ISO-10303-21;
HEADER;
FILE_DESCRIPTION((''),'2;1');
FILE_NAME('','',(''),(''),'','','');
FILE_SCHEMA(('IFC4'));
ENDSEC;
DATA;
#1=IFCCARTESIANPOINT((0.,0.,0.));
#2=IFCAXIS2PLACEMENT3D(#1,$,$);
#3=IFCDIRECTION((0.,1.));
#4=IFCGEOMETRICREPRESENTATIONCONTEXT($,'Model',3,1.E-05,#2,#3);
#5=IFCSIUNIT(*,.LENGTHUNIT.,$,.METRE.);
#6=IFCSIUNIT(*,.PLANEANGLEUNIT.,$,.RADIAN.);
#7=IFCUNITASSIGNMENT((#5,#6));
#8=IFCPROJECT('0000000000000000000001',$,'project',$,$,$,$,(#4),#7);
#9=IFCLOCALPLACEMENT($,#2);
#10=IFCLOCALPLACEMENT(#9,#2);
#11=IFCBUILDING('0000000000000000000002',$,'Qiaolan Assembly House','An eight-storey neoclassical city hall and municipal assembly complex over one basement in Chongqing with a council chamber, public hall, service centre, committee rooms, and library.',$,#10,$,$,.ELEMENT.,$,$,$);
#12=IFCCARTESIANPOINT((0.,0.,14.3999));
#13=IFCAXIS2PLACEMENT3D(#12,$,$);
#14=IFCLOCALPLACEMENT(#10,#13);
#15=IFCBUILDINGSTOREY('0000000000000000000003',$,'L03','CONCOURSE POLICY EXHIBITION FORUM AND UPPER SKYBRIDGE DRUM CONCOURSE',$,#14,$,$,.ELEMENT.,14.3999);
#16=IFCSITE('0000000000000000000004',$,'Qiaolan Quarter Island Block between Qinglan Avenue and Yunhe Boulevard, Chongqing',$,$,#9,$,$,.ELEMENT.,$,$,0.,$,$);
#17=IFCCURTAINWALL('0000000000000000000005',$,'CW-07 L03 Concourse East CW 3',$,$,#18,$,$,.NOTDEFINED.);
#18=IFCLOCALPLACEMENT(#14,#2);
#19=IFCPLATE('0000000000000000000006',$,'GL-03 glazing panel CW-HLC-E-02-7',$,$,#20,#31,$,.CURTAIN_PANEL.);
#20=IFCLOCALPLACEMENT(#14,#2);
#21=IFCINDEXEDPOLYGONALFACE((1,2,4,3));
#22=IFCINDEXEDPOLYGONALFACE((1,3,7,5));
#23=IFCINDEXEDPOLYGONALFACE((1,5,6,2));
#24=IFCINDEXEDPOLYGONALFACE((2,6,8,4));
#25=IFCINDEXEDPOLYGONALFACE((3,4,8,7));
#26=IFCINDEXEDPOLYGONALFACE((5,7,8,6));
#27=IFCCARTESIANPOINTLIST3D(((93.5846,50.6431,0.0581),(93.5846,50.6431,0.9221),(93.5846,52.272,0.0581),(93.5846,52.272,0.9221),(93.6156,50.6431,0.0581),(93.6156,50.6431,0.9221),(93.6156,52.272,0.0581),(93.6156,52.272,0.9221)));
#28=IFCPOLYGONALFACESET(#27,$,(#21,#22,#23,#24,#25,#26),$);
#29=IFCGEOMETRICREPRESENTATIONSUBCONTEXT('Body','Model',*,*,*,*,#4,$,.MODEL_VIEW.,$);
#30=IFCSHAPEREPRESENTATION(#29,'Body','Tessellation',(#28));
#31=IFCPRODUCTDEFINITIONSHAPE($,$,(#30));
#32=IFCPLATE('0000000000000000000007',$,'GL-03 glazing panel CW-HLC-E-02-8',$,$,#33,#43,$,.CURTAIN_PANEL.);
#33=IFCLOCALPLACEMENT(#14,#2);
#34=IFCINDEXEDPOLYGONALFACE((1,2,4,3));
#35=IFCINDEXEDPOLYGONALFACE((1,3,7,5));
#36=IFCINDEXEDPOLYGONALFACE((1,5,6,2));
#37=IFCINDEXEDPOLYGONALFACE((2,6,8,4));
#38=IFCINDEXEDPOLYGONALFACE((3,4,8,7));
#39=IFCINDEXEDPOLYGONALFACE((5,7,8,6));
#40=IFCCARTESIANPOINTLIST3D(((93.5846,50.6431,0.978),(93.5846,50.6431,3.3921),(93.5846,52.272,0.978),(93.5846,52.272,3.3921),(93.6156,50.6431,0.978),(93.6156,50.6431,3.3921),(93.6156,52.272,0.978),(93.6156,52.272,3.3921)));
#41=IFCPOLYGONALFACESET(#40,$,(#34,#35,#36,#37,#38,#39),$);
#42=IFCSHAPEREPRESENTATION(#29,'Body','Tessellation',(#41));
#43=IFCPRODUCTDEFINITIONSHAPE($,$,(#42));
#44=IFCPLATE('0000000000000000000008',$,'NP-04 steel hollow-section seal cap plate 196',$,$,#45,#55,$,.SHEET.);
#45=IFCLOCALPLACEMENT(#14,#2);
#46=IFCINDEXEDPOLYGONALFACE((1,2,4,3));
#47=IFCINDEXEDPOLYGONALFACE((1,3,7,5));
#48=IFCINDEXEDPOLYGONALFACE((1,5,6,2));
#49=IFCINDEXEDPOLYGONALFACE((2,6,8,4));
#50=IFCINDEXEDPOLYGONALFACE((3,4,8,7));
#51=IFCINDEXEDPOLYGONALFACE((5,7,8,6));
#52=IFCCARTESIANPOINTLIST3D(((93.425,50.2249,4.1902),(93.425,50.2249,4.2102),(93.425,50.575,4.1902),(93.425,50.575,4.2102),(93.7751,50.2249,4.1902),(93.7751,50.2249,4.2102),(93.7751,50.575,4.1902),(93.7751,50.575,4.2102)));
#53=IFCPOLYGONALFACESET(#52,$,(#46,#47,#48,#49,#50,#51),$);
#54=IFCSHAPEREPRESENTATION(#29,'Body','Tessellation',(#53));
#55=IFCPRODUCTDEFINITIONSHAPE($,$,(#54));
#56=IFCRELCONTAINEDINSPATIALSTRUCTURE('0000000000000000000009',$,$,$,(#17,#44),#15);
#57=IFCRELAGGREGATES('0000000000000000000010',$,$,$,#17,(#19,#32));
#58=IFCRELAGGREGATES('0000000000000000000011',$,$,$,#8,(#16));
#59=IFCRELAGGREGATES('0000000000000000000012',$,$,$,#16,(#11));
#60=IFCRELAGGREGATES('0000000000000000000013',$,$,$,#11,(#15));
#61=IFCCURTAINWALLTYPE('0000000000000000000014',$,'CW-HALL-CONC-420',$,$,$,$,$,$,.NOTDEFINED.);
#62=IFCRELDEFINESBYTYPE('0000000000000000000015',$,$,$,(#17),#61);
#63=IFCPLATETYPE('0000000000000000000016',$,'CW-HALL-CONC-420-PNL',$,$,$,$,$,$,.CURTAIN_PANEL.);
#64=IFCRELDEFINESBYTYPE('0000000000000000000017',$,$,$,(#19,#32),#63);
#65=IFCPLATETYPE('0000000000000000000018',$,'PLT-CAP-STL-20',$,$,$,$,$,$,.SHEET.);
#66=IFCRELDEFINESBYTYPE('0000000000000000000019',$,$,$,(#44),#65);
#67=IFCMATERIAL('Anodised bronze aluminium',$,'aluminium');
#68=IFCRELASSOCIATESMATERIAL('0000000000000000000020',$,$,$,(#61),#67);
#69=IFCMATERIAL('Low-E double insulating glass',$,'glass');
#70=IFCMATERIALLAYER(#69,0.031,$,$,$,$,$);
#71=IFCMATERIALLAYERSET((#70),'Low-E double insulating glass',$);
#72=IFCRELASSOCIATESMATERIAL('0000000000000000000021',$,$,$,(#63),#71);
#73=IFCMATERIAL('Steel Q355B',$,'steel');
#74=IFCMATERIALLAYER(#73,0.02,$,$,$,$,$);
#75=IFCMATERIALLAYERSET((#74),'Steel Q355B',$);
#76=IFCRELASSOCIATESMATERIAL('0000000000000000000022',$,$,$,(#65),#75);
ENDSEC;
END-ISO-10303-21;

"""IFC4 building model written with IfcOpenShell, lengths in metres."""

from ifc_helpers import new_model, si_unit, direction, frame, frame_2d, origin, origin_2d, place, context, subcontext, project, spatial, rectangle, extrude, material, layer, layer_set, type_object, element, aggregate, save


model = new_model("IFC4")

# Units and contexts
model_context = context("Model", 3, precision=1e-05, world=origin(), true_north=direction((0.0, 1.0)))
body_context = subcontext(model_context, "Body", "Model", "MODEL_VIEW")
ifc_project = project(units=[si_unit("LENGTHUNIT", "METRE"), si_unit("PLANEANGLEUNIT", "RADIAN")], contexts=[model_context])

# Site, building, storey
site_placement = place(None, origin())
site = spatial("IfcSite", under=ifc_project, at=site_placement, Name="Qiaolan Quarter Island Block between Qinglan Avenue and Yunhe Boulevard, Chongqing", CompositionType="ELEMENT", RefElevation=0.0)
building_placement = place(site_placement, origin())
building = spatial("IfcBuilding", under=site, at=building_placement, Name="Qiaolan Assembly House", Description="An eight-storey neoclassical city hall and municipal assembly complex over one basement in Chongqing with a council chamber, public hall, service centre, committee rooms, and library.", CompositionType="ELEMENT")
storey_placement = place(building_placement, frame((0.0, 0.0, 14.3999)))
storey = spatial("IfcBuildingStorey", under=building, at=storey_placement, Name="L03", Description="CONCOURSE POLICY EXHIBITION FORUM AND UPPER SKYBRIDGE DRUM CONCOURSE", CompositionType="ELEMENT", Elevation=14.3999)

# Shared definitions
ifc_material_1 = material(Name="Steel Q355B", Category="steel")

# Curtain wall
ifc_material_2 = material(Name="Anodised bronze aluminium", Category="aluminium")
curtain_wall_type = type_object("IfcCurtainWallType", Name="CW-HALL-CONC-420", PredefinedType="NOTDEFINED", material=ifc_material_2)
curtain_wall_1_placement = place(storey_placement, origin())
curtain_wall_1 = element("IfcCurtainWall", 1, at=curtain_wall_1_placement, inside=storey, type_object=curtain_wall_type, Name="CW-07 L03 Concourse East CW 3", PredefinedType="NOTDEFINED")

# Plates
ifc_material_3 = material(Name="Low-E double insulating glass", Category="glass")
ifc_layer_1 = layer(ifc_material_3, 0.031)
ifc_layer_set_1 = layer_set([ifc_layer_1], Name="Low-E double insulating glass")
plate_type_1 = type_object("IfcPlateType", Name="CW-HALL-CONC-420-PNL", PredefinedType="CURTAIN_PANEL", material=ifc_layer_set_1)
plate_1_placement = place(storey_placement, frame((93.6001, 52.272, 0.0581), z_axis=(0.0, 0.0, 1.0), x_axis=(0.0, -1.0, 0.0)))
plate_1 = element("IfcPlate", 2, at=plate_1_placement, type_object=plate_type_1, Name="GL-03 glazing panel CW-HLC-E-02-7", PredefinedType="CURTAIN_PANEL", context=body_context, shape_type="SweptSolid", body=[
    extrude(rectangle(XDim=1.6289, YDim=0.031, at=frame_2d((0.8145, 0.0))), origin(), (0.0, 0.0, 1.0), 0.864),
])
plate_2_placement = place(storey_placement, frame((93.6001, 52.272, 0.978), z_axis=(0.0, 0.0, 1.0), x_axis=(0.0, -1.0, 0.0)))
plate_2 = element("IfcPlate", 3, at=plate_2_placement, type_object=plate_type_1, Name="GL-03 glazing panel CW-HLC-E-02-8", PredefinedType="CURTAIN_PANEL", context=body_context, shape_type="SweptSolid", body=[
    extrude(rectangle(XDim=1.6289, YDim=0.031, at=frame_2d((0.8145, 0.0))), origin(), (0.0, 0.0, 1.0), 2.4141),
])
aggregate(curtain_wall_1, [plate_1, plate_2])
ifc_layer_2 = layer(ifc_material_1, 0.02)
ifc_layer_set_2 = layer_set([ifc_layer_2], Name="Steel Q355B")
plate_type_2 = type_object("IfcPlateType", Name="PLT-CAP-STL-20", PredefinedType="SHEET", material=ifc_layer_set_2)
plate_3_placement = place(storey_placement, frame((93.6001, 50.3999, 4.1902), z_axis=(0.0, 0.0, 1.0), x_axis=(1.0, 0.0, 0.0)))
element("IfcPlate", 4, at=plate_3_placement, inside=storey, type_object=plate_type_2, Name="NP-04 steel hollow-section seal cap plate 196", PredefinedType="SHEET", context=body_context, shape_type="SweptSolid", body=[
    extrude(rectangle(XDim=0.3501, YDim=0.3501, at=origin_2d()), origin(), (0.0, 0.0, 1.0), 0.02),
])

save(model, "model.ifc")
